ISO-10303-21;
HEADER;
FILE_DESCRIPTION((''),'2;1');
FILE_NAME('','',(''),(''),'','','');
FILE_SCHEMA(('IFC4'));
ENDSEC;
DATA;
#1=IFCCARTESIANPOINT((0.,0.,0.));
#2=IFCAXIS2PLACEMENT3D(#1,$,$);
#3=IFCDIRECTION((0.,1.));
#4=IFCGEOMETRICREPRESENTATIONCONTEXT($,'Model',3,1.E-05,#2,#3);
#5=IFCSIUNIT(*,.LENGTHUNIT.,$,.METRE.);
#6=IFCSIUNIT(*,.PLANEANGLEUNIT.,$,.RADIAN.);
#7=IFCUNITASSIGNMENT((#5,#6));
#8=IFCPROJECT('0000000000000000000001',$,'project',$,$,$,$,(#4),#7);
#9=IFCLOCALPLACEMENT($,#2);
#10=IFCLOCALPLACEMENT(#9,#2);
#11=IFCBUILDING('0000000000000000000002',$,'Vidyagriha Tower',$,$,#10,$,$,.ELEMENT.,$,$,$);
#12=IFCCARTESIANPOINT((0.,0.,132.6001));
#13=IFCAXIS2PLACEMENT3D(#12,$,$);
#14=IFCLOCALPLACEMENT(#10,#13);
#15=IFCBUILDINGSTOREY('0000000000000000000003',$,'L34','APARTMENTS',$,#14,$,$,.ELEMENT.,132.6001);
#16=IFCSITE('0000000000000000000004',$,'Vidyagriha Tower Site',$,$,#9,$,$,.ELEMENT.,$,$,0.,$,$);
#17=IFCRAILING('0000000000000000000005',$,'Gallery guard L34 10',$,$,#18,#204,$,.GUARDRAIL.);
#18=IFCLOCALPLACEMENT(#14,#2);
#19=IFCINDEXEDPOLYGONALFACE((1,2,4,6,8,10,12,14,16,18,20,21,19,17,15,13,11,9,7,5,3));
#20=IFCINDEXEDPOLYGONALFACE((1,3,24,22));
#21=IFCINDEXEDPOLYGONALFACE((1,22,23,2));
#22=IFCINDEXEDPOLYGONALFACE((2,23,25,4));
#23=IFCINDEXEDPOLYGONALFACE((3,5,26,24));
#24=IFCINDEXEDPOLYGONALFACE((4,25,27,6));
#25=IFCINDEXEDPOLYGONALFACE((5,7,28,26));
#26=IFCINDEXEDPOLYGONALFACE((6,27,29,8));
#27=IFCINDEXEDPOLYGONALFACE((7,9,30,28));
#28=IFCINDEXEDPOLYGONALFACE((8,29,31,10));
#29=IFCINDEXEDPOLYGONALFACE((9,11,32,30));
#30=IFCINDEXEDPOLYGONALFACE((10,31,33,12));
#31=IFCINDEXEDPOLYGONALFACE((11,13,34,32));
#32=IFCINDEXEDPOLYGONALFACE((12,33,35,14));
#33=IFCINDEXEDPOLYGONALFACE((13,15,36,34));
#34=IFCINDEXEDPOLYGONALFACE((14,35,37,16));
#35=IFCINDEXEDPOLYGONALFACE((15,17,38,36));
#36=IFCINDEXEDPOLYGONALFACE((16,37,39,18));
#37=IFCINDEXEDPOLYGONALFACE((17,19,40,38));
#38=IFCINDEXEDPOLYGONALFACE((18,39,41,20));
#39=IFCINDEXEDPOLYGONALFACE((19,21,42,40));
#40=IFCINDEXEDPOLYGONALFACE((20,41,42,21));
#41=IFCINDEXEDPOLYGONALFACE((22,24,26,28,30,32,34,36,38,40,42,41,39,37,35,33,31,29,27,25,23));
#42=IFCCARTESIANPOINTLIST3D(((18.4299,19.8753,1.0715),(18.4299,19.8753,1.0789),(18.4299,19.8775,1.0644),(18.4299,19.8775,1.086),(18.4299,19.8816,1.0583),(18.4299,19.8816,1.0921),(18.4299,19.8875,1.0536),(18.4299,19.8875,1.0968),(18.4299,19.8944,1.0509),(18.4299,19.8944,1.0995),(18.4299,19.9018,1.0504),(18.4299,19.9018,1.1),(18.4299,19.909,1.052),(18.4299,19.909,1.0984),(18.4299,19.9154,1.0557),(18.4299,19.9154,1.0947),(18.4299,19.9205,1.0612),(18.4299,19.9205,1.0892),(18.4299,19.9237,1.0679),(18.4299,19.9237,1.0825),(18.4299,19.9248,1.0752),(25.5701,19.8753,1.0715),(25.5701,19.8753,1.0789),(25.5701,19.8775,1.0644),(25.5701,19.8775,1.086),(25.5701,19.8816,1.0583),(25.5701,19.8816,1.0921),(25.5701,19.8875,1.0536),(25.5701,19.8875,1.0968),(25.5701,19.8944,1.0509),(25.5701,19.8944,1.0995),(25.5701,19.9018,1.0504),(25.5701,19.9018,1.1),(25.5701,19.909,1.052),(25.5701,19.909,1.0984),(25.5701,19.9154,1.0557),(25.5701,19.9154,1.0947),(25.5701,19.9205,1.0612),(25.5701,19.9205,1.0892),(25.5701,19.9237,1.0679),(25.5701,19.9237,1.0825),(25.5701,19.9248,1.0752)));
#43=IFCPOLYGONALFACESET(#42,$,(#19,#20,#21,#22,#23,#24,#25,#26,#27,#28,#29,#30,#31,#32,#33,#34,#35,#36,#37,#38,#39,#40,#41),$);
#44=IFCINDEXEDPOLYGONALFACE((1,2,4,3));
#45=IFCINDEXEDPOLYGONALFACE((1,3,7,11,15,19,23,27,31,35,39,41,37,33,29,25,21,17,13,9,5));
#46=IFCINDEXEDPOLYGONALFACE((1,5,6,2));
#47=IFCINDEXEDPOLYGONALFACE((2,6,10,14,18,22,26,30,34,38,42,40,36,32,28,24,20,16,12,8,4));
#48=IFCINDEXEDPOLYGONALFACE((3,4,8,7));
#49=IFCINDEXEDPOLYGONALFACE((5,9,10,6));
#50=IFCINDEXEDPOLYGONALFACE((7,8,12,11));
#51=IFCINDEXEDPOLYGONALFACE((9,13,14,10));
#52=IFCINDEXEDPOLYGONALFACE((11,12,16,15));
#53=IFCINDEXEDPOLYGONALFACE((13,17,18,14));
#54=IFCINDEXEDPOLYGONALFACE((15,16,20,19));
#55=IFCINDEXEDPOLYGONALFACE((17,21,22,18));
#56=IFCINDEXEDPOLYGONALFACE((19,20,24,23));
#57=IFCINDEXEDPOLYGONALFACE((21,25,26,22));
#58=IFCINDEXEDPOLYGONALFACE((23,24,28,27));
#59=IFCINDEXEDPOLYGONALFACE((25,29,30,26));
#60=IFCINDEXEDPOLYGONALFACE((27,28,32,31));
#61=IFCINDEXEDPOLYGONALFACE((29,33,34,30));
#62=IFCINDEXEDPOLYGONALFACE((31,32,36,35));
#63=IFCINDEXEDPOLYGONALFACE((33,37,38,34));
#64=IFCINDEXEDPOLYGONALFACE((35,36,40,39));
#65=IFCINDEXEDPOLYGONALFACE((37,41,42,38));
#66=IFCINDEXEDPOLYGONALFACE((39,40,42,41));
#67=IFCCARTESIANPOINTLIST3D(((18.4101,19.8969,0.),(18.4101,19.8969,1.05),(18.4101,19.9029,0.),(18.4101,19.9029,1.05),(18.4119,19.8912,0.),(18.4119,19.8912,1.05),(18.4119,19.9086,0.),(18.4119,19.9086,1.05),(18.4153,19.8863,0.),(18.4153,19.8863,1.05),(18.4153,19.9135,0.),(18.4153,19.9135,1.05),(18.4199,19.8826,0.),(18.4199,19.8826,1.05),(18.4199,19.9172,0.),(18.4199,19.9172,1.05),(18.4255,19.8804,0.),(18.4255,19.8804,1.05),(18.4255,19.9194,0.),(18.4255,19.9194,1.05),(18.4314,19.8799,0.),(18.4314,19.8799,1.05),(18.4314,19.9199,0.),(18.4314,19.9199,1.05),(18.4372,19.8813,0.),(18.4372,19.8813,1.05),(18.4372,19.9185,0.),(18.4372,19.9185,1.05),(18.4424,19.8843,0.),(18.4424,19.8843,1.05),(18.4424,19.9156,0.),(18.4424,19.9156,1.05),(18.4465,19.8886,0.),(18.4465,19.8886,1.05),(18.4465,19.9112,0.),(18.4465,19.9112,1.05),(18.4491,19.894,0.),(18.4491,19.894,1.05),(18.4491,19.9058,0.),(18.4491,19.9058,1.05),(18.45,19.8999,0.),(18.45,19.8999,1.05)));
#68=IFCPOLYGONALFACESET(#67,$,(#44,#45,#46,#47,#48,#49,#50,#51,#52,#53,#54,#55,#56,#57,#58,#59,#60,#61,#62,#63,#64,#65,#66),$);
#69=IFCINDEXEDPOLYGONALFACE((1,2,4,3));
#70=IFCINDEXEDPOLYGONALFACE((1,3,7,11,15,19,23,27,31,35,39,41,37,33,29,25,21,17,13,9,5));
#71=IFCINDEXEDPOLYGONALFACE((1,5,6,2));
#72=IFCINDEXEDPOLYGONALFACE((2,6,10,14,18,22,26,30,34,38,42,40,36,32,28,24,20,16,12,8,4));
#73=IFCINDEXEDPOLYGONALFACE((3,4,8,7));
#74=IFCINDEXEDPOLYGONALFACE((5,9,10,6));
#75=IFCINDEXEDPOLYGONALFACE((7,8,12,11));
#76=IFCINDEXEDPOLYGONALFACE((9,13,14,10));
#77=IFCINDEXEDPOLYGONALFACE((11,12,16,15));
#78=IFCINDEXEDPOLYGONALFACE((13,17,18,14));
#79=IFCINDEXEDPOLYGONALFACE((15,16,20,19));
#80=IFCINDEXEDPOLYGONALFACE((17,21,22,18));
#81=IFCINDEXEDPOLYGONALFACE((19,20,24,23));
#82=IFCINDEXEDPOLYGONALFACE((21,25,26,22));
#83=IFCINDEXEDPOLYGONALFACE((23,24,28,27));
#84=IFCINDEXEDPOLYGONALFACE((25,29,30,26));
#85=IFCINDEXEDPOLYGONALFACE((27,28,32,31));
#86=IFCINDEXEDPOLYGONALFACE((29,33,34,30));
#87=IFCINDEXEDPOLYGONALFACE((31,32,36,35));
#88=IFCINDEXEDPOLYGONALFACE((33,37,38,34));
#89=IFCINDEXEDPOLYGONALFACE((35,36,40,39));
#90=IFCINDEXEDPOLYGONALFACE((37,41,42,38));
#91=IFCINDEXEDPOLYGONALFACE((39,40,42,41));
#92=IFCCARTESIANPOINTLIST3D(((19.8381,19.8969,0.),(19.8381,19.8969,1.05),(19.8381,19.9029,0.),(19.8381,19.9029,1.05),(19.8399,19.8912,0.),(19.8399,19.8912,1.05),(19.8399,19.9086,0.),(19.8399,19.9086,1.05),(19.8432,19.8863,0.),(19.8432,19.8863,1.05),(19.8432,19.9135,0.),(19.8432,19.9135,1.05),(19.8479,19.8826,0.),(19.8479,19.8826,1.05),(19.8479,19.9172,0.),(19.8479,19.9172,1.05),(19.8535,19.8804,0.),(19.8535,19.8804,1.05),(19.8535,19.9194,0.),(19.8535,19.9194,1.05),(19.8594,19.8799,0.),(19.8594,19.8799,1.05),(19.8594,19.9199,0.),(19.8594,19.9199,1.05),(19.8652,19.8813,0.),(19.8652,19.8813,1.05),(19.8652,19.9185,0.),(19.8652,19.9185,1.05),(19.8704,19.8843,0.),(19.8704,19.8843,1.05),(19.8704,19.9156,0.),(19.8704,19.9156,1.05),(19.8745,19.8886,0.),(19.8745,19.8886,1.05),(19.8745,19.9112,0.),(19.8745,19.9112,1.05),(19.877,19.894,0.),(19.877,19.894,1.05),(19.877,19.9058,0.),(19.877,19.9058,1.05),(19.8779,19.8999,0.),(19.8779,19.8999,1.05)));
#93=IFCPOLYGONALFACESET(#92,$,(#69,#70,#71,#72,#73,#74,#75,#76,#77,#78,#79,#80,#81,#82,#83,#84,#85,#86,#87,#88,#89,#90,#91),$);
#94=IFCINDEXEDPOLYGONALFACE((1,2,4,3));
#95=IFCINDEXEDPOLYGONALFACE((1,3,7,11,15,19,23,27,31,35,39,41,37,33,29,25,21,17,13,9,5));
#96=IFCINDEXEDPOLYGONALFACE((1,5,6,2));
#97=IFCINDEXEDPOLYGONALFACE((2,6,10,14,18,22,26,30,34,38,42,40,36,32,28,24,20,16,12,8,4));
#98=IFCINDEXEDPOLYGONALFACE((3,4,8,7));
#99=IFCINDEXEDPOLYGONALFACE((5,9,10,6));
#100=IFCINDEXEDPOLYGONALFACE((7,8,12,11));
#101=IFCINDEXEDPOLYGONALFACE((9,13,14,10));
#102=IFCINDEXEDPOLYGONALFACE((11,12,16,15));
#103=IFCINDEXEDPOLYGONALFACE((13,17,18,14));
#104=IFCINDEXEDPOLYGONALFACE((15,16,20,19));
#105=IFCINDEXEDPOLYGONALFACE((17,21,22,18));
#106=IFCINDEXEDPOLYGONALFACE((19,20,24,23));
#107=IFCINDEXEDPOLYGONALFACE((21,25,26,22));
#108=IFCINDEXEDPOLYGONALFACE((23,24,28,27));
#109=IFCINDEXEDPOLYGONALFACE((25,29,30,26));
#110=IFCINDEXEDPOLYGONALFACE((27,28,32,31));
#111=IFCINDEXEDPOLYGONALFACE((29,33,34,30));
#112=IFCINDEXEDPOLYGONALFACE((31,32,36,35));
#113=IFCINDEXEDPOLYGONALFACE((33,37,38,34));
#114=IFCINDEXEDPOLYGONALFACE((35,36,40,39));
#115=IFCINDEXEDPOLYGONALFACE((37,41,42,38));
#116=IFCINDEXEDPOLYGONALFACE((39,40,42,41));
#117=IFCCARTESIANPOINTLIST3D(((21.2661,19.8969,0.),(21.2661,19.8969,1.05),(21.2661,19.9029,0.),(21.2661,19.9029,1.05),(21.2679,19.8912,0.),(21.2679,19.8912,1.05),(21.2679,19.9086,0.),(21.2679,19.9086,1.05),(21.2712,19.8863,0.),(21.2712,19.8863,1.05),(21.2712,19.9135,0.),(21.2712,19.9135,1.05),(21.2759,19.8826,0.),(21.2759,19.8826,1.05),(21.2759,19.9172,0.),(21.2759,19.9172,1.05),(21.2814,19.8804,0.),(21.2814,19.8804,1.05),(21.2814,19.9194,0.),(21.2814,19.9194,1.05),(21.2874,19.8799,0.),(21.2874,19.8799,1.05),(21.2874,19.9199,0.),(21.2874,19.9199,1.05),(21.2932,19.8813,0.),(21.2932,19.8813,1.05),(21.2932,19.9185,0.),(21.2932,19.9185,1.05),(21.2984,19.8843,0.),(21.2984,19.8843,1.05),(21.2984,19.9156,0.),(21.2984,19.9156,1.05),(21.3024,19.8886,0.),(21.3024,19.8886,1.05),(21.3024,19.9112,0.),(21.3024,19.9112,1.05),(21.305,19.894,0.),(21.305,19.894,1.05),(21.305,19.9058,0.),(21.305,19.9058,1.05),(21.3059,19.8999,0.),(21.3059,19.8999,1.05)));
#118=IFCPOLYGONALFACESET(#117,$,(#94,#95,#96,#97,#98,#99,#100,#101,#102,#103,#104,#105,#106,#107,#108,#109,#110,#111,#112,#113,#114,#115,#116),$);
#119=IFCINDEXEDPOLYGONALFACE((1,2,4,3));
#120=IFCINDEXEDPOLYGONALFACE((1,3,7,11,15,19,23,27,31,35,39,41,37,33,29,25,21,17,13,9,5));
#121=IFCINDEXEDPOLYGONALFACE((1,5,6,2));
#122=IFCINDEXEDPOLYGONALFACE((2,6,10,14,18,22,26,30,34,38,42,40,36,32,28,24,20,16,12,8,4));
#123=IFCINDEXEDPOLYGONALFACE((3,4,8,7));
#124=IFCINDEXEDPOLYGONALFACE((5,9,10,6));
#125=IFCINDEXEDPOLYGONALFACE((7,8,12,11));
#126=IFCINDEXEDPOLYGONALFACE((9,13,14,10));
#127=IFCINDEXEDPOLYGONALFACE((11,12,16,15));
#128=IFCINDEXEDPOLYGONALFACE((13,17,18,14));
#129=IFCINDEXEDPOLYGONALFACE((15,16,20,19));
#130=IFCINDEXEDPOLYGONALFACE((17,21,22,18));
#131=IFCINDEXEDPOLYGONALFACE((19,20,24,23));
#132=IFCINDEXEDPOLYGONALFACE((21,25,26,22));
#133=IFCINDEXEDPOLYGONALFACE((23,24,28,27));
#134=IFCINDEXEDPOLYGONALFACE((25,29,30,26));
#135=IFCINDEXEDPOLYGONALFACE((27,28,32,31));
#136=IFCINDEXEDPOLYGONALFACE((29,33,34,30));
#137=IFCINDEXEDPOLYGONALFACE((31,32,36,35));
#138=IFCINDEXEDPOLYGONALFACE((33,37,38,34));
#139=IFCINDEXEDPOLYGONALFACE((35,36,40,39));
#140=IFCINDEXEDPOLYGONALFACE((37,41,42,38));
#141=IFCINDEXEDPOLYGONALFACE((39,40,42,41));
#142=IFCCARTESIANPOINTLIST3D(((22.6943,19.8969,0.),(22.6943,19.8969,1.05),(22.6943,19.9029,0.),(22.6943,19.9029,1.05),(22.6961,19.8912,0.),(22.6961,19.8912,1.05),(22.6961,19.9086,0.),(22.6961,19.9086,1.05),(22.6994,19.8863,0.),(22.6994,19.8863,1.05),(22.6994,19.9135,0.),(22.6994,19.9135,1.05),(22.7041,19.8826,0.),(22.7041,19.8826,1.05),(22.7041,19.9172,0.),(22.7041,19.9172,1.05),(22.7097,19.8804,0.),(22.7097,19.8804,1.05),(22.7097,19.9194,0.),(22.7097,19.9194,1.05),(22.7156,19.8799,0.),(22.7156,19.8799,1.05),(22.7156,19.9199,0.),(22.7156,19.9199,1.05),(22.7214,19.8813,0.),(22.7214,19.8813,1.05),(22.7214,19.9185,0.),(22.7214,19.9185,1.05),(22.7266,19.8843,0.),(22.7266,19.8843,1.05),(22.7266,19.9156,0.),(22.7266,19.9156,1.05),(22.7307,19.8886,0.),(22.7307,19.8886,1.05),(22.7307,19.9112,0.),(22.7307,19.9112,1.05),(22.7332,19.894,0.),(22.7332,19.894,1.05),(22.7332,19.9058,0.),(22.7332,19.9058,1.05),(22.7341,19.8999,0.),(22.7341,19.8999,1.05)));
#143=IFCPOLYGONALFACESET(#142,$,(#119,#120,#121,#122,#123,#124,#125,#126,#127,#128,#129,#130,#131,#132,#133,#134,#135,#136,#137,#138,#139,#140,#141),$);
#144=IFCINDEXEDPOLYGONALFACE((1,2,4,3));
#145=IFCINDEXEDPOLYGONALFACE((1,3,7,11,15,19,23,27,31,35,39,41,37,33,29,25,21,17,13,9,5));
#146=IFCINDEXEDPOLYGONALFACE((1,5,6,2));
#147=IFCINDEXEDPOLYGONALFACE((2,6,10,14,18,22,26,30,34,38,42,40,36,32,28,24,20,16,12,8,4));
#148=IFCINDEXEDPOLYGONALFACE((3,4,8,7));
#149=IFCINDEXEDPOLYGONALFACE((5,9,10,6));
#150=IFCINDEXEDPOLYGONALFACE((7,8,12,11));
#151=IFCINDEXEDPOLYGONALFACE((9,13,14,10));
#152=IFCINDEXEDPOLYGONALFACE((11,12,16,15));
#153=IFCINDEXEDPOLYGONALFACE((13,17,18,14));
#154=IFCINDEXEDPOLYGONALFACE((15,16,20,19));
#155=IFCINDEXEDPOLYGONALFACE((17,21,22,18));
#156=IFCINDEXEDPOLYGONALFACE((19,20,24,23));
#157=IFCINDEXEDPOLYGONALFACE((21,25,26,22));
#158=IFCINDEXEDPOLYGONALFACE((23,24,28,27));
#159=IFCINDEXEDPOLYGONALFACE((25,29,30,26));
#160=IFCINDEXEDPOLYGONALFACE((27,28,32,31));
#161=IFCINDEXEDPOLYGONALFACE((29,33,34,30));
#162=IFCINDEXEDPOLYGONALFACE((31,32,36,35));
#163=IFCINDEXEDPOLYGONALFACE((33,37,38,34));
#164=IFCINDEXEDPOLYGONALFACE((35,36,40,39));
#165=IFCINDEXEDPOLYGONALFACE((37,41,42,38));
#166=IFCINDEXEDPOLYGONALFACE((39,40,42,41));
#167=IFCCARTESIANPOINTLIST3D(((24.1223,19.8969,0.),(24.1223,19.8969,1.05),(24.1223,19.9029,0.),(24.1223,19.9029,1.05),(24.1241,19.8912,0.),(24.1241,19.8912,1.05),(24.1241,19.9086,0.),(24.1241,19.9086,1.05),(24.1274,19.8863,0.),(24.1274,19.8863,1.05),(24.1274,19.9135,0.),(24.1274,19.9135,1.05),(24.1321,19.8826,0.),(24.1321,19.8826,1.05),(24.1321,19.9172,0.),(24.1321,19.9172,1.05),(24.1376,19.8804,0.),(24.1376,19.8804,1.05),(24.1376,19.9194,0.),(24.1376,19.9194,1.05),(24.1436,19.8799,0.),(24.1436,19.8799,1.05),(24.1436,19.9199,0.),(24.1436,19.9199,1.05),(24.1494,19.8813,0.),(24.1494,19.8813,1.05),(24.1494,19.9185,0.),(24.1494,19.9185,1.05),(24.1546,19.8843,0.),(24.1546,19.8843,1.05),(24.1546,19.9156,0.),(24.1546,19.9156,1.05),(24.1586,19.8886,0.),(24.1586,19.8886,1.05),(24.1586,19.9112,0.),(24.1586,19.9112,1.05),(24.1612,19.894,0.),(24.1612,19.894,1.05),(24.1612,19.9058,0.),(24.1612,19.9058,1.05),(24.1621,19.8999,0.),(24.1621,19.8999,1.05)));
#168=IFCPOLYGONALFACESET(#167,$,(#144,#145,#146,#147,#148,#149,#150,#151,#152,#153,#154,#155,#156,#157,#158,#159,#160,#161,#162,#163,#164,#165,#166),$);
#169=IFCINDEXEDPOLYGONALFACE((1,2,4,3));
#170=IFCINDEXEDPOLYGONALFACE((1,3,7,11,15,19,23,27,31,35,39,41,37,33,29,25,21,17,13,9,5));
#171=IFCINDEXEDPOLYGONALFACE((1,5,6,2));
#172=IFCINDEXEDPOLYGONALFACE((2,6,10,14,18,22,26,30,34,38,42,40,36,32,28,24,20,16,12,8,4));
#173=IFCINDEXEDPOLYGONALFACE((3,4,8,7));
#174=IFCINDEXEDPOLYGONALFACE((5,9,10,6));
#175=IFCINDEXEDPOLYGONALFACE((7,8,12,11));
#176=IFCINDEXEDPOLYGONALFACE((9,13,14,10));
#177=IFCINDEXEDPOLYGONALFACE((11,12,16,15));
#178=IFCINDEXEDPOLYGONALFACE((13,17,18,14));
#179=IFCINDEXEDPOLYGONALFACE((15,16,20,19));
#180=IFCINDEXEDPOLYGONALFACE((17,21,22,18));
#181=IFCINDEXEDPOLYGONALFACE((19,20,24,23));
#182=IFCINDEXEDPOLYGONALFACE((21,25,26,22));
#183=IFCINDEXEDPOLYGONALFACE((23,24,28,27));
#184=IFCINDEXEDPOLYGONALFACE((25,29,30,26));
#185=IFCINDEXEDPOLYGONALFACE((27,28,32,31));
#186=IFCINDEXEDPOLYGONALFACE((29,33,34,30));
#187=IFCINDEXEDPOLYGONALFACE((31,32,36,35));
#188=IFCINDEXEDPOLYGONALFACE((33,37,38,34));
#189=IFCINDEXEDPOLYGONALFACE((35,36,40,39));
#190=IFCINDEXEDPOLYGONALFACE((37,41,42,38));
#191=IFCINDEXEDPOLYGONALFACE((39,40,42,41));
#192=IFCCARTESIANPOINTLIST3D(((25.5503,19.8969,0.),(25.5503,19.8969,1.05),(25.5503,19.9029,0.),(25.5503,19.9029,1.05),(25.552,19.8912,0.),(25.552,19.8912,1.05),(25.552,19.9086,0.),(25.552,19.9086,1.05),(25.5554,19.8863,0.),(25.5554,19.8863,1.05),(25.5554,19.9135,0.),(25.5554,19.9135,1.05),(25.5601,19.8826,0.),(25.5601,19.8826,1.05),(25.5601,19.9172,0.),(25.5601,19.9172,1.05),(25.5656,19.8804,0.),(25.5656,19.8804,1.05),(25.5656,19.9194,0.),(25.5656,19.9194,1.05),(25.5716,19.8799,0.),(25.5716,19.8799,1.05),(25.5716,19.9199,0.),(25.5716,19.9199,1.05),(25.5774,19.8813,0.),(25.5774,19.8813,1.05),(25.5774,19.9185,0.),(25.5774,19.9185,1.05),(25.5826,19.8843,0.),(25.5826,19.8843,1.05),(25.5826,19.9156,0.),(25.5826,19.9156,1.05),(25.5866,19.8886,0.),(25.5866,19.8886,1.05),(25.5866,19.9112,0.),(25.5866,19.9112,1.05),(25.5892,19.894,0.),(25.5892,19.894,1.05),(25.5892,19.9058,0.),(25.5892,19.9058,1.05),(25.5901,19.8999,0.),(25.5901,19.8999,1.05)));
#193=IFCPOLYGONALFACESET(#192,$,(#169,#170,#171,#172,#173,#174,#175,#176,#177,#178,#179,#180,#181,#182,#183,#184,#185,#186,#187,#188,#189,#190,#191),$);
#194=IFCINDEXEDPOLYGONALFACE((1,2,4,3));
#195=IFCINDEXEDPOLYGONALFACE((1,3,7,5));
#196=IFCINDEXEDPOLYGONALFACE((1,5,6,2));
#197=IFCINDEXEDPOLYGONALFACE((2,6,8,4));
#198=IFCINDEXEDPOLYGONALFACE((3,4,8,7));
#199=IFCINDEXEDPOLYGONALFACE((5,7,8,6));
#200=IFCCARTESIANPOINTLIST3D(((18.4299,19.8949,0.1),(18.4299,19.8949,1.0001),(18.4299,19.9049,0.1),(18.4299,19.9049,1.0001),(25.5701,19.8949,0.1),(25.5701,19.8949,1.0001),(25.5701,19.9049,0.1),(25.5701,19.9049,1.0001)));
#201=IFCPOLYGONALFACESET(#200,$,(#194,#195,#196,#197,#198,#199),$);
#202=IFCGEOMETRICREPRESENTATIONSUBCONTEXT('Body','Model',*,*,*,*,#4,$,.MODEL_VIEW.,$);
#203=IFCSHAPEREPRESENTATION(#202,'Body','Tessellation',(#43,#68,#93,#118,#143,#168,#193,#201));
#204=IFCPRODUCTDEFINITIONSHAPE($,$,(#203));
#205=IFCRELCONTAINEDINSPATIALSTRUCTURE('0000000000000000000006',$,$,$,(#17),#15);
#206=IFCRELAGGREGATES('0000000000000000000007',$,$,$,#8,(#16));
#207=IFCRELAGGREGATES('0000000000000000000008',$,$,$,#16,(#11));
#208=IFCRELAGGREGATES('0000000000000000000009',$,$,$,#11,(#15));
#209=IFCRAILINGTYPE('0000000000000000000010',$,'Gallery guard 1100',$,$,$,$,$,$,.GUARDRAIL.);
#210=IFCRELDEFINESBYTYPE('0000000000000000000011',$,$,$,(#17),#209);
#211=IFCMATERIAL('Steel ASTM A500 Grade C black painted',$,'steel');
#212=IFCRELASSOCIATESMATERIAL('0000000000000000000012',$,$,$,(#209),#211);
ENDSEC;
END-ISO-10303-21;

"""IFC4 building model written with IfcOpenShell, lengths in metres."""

from ifc_helpers import new_model, si_unit, direction, frame, origin, origin_2d, place, context, subcontext, project, spatial, rectangle, circle, extrude, material, type_object, element, save


model = new_model("IFC4")

# Units and contexts
model_context = context("Model", 3, precision=1e-05, world=origin(), true_north=direction((0.0, 1.0)))
body_context = subcontext(model_context, "Body", "Model", "MODEL_VIEW")
ifc_project = project(units=[si_unit("LENGTHUNIT", "METRE"), si_unit("PLANEANGLEUNIT", "RADIAN")], contexts=[model_context])

# Site, building, storey
site_placement = place(None, origin())
site = spatial("IfcSite", under=ifc_project, at=site_placement, Name="Vidyagriha Tower Site", CompositionType="ELEMENT", RefElevation=0.0)
building_placement = place(site_placement, origin())
building = spatial("IfcBuilding", under=site, at=building_placement, Name="Vidyagriha Tower", CompositionType="ELEMENT")
storey_placement = place(building_placement, frame((0.0, 0.0, 132.6001)))
storey = spatial("IfcBuildingStorey", under=building, at=storey_placement, Name="L34", Description="APARTMENTS", CompositionType="ELEMENT", Elevation=132.6001)

# Railing
ifc_material_1 = material(Name="Steel ASTM A500 Grade C black painted", Category="steel")
railing_type = type_object("IfcRailingType", Name="Gallery guard 1100", PredefinedType="GUARDRAIL", material=ifc_material_1)
railing_1_placement = place(storey_placement, frame((18.4299, 19.8999, 0.0)))
element("IfcRailing", 1, at=railing_1_placement, inside=storey, type_object=railing_type, Name="Gallery guard L34 10", PredefinedType="GUARDRAIL", context=body_context, shape_type="SweptSolid", body=[
    extrude(circle(Radius=0.0249, at=origin_2d()), frame((0.0, 0.0, 1.0752), z_axis=(1.0, 0.0, 0.0), x_axis=(0.0, 1.0, 0.0)), (0.0, 0.0, 1.0), 7.1401),
    extrude(circle(Radius=0.02, at=origin_2d()), origin(), (0.0, 0.0, 1.0), 1.05),
    extrude(circle(Radius=0.02, at=origin_2d()), frame((1.428, 0.0, 0.0)), (0.0, 0.0, 1.0), 1.05),
    extrude(circle(Radius=0.02, at=origin_2d()), frame((2.856, 0.0, 0.0)), (0.0, 0.0, 1.0), 1.05),
    extrude(circle(Radius=0.02, at=origin_2d()), frame((4.2842, 0.0, 0.0)), (0.0, 0.0, 1.0), 1.05),
    extrude(circle(Radius=0.02, at=origin_2d()), frame((5.7122, 0.0, 0.0)), (0.0, 0.0, 1.0), 1.05),
    extrude(circle(Radius=0.02, at=origin_2d()), frame((7.1401, 0.0, 0.0)), (0.0, 0.0, 1.0), 1.05),
    extrude(rectangle(XDim=0.01, YDim=0.9001, at=origin_2d()), frame((0.0, 0.0, 0.55), z_axis=(1.0, 0.0, 0.0), x_axis=(0.0, 1.0, 0.0)), (0.0, 0.0, 1.0), 7.1401),
])

save(model, "model.ifc")
